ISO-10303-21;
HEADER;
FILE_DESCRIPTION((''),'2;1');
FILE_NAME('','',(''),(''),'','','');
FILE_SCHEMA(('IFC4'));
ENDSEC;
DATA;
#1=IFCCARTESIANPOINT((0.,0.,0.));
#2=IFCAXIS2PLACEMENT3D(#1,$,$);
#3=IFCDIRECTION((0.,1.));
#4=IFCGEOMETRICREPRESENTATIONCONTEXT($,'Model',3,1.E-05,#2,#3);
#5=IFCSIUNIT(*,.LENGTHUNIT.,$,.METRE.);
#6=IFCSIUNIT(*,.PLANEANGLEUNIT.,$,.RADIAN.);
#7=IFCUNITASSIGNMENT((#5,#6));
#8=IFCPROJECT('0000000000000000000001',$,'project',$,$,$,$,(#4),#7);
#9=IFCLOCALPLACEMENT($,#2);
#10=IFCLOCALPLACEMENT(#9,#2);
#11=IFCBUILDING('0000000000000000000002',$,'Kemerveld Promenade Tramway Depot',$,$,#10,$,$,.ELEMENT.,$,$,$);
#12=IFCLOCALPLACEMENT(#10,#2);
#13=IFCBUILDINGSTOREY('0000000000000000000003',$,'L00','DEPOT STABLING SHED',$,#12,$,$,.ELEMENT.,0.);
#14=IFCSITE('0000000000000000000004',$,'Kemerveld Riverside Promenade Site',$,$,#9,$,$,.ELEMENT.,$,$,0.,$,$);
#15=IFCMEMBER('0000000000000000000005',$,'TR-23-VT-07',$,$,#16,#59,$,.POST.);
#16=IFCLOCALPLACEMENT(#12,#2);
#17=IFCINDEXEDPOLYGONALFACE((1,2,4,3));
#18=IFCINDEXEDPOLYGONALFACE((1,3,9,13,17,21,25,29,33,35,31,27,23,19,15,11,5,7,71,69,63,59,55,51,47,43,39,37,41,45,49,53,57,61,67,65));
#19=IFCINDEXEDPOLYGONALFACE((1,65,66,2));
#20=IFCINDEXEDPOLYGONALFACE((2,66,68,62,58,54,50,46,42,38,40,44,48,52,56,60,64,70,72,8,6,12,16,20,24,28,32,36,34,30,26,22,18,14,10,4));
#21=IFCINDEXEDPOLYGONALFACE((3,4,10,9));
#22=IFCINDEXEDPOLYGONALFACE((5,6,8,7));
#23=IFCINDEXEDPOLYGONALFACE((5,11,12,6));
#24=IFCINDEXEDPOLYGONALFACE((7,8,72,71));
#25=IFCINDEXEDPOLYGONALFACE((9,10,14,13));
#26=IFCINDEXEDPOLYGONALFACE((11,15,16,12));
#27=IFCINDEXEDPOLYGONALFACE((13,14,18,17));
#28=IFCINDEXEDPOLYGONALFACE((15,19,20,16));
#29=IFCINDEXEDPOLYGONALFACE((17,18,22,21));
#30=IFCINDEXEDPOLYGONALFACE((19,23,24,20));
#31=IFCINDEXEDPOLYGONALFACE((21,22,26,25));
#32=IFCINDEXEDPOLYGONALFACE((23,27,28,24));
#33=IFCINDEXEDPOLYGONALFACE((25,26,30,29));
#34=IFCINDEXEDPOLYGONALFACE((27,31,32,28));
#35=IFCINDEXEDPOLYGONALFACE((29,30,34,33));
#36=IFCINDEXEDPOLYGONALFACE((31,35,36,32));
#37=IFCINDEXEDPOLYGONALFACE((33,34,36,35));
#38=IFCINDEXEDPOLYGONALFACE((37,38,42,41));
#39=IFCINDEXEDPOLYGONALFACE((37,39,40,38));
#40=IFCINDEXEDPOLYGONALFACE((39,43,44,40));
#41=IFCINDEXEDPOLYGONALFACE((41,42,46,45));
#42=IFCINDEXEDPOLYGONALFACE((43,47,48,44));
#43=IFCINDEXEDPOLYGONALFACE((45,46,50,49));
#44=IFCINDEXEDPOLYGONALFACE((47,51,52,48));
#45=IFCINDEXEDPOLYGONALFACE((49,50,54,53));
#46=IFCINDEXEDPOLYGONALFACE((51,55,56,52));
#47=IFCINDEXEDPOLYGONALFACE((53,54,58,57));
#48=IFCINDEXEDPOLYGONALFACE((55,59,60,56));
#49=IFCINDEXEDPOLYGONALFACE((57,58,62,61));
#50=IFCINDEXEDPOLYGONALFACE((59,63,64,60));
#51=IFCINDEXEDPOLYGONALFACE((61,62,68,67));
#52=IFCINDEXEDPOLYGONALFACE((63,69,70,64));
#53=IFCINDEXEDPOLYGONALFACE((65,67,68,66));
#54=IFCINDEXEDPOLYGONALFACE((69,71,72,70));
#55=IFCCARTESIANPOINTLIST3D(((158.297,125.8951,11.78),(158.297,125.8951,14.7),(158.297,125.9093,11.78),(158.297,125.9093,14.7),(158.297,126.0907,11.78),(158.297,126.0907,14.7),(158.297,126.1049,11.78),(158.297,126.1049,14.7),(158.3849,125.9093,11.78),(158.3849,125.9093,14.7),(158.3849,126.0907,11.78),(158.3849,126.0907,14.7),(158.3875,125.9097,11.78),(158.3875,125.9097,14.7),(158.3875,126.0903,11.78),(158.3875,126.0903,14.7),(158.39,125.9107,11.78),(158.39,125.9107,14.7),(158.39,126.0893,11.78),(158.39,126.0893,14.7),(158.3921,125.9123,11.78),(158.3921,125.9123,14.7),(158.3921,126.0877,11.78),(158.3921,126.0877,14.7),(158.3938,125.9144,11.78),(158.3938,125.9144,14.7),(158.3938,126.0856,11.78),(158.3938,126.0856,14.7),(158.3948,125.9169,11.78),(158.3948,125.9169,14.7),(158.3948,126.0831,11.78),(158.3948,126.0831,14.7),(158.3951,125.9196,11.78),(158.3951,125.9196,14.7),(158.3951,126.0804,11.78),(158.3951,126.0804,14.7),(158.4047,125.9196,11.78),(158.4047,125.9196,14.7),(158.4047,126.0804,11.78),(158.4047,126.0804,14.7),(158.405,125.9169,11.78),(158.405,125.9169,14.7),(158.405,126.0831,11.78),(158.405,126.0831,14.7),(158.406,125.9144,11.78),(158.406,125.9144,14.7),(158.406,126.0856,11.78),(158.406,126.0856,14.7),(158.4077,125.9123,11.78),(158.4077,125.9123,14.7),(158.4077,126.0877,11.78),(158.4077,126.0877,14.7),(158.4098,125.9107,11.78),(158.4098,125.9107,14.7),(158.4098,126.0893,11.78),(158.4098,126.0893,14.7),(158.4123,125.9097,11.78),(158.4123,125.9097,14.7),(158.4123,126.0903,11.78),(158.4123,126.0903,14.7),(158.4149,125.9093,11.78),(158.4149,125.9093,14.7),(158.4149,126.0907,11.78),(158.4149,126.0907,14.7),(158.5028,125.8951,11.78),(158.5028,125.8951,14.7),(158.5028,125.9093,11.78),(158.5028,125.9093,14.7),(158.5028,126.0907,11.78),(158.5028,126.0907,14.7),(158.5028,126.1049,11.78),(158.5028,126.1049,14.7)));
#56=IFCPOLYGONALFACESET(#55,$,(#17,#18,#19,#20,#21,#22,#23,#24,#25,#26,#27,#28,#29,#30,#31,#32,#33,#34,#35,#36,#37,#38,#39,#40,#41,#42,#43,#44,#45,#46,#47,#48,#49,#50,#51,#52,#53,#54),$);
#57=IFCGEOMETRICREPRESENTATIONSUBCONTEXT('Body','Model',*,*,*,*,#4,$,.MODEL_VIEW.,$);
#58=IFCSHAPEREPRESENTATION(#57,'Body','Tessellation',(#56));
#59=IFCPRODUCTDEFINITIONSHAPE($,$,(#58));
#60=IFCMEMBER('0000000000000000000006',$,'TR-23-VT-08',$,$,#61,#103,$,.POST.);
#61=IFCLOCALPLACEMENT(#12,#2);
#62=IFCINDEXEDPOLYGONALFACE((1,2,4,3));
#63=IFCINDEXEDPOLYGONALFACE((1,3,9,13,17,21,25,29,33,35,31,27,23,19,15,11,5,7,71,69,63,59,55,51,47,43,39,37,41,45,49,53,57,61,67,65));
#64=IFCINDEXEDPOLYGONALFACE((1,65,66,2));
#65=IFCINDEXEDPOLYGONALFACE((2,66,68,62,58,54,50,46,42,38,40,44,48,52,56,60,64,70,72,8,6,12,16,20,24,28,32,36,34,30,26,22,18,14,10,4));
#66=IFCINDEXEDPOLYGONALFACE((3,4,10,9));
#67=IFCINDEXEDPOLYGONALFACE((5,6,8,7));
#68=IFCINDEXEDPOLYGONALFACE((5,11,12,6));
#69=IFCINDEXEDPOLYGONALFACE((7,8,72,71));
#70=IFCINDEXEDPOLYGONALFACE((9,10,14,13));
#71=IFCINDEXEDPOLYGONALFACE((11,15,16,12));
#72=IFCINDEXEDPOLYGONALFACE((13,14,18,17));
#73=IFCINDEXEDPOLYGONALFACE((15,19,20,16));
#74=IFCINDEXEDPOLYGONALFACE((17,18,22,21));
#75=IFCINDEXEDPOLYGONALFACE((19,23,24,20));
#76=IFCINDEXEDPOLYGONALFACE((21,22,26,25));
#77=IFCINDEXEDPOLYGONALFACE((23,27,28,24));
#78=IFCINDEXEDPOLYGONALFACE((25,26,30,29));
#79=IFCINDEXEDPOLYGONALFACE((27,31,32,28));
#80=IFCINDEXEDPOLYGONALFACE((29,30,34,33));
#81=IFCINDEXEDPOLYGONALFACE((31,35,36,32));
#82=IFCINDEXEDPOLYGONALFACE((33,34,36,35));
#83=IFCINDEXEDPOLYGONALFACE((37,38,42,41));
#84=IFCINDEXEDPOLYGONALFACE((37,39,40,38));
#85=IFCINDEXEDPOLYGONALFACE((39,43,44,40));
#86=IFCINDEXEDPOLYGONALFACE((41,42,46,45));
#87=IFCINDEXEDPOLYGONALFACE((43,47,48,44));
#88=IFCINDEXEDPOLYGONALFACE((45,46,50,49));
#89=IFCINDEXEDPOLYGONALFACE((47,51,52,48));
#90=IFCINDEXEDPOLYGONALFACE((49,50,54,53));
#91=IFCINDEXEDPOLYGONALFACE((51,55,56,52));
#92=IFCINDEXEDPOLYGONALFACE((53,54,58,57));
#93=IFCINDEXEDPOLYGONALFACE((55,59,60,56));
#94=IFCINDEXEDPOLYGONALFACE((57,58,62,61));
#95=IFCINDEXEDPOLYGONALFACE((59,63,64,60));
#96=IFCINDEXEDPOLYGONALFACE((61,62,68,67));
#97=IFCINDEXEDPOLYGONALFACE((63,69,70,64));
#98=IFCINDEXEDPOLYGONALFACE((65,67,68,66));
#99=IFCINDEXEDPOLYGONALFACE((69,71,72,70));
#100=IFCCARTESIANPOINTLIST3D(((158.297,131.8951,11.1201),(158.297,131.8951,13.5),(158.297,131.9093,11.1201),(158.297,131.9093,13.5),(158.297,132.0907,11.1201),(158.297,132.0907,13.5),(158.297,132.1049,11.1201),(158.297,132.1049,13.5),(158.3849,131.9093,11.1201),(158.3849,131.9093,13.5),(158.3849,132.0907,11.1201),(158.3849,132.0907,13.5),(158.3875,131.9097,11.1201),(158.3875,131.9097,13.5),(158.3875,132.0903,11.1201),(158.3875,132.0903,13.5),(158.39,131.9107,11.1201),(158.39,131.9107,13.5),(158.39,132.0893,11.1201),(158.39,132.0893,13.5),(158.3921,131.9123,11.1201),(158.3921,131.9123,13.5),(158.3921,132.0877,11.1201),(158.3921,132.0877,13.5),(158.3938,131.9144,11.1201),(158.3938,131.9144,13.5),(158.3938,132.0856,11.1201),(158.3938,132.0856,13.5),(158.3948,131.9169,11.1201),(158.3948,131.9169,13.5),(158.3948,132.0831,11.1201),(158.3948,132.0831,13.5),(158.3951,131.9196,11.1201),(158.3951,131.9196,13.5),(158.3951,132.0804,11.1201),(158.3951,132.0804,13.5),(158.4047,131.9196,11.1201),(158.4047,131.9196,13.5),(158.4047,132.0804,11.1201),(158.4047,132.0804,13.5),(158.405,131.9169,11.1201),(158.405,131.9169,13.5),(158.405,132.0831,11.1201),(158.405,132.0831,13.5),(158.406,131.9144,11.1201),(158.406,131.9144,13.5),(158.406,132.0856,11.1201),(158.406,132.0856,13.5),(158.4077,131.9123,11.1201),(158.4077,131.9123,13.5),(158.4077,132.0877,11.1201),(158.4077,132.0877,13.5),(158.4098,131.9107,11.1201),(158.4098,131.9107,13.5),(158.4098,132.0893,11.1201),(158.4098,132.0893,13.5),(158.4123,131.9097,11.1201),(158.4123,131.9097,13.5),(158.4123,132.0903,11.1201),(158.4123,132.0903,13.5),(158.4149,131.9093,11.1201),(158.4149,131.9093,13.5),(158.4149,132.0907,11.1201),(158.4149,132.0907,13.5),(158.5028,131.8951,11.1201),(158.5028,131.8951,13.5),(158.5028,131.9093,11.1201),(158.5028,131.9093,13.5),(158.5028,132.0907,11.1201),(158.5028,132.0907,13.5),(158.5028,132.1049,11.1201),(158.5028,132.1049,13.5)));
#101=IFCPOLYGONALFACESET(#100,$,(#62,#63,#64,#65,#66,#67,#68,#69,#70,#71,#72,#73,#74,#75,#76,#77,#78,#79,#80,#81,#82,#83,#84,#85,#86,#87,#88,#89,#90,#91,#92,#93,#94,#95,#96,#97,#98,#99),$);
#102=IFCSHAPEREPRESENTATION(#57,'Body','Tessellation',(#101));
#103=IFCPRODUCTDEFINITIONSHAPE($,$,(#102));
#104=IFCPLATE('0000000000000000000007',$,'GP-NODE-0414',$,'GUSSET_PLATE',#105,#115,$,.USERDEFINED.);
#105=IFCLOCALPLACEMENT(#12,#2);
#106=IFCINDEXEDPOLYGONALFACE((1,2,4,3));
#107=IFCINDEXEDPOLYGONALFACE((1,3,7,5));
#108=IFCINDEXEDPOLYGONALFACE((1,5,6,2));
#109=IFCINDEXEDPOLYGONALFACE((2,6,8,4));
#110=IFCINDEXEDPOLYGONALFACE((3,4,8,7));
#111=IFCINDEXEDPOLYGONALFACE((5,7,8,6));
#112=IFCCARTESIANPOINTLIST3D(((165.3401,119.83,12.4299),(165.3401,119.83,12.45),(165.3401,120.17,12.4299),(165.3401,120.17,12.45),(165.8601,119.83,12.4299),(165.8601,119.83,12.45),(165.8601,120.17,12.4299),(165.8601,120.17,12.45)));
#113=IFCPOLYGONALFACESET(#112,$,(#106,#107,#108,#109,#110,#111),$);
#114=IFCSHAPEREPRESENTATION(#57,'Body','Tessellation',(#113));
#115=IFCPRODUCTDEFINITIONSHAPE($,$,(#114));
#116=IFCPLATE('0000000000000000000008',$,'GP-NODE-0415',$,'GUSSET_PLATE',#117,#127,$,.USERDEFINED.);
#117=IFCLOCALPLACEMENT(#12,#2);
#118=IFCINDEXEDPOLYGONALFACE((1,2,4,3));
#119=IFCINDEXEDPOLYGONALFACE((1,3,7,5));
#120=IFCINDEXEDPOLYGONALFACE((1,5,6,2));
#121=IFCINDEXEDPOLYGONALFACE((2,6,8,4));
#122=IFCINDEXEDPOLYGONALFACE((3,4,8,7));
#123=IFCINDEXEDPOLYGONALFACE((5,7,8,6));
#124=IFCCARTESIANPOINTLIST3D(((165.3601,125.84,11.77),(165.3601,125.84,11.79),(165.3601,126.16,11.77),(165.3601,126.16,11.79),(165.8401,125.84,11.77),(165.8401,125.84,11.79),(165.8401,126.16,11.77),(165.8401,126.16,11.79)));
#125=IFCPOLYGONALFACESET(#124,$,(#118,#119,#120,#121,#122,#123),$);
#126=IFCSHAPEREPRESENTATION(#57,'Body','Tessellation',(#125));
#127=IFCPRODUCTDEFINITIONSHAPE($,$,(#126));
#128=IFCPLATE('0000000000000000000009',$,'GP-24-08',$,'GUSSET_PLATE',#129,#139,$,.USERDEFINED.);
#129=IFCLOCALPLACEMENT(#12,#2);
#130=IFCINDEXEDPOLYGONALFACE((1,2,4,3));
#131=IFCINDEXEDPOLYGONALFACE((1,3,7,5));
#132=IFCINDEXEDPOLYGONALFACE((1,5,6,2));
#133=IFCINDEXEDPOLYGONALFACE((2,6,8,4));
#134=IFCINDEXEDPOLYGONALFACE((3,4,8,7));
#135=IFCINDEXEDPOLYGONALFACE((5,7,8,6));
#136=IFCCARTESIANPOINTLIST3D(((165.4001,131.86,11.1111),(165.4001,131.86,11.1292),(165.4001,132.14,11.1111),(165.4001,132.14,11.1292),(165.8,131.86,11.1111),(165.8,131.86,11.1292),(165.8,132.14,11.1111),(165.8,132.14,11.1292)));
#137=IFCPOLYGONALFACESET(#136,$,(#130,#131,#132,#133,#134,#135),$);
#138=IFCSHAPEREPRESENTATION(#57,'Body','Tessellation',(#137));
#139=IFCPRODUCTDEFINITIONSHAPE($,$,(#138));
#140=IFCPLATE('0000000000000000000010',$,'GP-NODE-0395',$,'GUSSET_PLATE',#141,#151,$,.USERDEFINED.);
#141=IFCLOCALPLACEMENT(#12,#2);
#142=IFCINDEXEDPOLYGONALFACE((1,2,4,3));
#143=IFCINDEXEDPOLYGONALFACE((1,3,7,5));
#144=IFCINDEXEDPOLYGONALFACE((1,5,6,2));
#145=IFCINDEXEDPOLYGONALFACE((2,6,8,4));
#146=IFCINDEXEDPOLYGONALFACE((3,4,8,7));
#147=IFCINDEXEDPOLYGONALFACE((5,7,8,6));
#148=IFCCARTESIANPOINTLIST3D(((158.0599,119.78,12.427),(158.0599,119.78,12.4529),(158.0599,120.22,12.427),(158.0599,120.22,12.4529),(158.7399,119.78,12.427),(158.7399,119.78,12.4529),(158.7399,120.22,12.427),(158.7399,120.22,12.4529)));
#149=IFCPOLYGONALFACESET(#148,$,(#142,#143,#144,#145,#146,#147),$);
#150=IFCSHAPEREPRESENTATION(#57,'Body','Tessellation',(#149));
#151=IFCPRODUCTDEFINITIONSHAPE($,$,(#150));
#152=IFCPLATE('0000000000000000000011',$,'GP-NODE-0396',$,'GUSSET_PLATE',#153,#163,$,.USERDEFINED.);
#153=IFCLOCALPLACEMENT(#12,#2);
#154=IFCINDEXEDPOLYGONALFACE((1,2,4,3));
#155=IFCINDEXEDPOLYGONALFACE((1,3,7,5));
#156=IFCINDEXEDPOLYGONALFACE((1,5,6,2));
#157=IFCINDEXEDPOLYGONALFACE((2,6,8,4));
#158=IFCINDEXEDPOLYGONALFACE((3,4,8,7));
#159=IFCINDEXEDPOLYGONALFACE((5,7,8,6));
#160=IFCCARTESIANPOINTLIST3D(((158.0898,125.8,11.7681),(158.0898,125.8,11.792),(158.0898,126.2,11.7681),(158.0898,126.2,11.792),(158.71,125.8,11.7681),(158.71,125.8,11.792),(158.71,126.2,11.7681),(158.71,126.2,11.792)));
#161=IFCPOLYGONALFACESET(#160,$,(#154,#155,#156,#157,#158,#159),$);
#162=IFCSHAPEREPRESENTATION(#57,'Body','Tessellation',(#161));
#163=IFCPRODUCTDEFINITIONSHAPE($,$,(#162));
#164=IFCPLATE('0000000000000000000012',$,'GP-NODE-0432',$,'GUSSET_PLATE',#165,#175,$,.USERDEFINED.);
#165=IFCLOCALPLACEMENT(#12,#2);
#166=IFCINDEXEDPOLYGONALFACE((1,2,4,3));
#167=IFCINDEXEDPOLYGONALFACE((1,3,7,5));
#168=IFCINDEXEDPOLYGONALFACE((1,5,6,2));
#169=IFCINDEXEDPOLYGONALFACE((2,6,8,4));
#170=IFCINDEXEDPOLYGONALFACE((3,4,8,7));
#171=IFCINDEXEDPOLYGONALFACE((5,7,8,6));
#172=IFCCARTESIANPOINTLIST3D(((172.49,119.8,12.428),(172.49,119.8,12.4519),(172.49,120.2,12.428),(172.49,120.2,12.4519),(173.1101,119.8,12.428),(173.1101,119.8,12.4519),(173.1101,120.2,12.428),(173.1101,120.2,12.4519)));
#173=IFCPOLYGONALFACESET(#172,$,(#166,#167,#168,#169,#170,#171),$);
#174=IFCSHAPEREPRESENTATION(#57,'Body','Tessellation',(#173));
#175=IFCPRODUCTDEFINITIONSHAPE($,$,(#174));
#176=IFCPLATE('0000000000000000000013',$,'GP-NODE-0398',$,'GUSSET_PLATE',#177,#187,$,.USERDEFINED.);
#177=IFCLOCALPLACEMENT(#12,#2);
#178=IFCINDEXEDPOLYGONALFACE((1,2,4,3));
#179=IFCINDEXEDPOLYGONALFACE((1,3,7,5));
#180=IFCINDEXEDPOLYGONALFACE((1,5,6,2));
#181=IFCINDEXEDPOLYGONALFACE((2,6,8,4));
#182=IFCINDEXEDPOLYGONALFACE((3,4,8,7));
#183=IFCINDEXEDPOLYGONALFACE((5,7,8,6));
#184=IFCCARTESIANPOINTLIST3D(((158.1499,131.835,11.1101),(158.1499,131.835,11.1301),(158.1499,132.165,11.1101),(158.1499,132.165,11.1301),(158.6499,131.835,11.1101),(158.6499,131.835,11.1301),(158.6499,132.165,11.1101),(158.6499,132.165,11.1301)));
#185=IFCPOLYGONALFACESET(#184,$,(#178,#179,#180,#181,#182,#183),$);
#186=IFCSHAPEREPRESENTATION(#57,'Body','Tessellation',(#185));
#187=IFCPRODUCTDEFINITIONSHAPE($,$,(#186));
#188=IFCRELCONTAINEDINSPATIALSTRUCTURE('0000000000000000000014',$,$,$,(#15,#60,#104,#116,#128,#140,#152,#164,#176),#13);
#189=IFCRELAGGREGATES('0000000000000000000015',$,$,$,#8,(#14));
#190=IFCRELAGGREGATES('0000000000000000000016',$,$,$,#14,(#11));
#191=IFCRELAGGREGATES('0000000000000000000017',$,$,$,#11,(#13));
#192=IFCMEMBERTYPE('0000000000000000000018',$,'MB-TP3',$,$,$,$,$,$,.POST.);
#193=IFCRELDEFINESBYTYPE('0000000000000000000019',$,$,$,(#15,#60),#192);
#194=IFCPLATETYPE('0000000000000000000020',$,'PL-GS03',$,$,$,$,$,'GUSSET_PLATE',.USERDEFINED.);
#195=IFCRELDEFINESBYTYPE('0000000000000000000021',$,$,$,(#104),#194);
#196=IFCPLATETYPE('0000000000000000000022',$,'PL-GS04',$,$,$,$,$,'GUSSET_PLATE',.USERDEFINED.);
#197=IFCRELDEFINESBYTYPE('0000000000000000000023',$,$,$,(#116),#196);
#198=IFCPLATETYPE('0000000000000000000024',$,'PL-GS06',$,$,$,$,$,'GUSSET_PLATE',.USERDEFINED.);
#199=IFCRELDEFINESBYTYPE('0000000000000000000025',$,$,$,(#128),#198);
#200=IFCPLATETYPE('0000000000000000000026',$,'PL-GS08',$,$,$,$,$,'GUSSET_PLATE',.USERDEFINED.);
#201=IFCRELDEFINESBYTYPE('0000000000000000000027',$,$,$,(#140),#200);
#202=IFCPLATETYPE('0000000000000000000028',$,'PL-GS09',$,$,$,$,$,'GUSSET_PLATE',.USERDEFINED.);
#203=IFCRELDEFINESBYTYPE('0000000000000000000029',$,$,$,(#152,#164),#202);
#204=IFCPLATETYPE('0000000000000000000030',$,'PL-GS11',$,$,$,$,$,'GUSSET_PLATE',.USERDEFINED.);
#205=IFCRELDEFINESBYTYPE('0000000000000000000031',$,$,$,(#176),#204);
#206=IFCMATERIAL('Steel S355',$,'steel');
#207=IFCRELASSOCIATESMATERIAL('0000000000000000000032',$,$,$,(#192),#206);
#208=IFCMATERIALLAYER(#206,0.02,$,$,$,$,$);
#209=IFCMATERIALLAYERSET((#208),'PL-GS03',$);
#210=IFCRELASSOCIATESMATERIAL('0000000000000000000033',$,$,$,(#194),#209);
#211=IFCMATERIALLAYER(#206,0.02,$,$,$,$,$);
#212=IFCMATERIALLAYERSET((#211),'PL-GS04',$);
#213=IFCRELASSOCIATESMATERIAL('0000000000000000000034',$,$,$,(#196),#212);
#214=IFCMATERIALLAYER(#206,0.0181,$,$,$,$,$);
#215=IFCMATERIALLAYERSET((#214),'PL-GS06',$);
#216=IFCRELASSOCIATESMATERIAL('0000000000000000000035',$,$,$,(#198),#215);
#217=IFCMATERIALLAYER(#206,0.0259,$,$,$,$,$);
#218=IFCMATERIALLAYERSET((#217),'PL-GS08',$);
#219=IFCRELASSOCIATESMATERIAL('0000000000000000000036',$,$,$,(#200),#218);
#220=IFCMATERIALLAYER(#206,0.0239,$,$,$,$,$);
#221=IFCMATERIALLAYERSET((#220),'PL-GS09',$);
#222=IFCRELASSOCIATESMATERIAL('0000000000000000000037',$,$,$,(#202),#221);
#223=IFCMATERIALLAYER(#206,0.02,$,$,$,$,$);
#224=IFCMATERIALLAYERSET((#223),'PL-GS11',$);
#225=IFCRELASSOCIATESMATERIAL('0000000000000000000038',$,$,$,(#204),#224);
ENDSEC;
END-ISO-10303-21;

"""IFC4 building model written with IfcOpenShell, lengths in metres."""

from ifc_helpers import new_model, si_unit, direction, frame, origin, origin_2d, place, context, subcontext, project, spatial, rectangle, i_section, extrude, material, layer, layer_set, material_profile, profile_set, type_object, element, save


model = new_model("IFC4")

# Units and contexts
model_context = context("Model", 3, precision=1e-05, world=origin(), true_north=direction((0.0, 1.0)))
body_context = subcontext(model_context, "Body", "Model", "MODEL_VIEW")
ifc_project = project(units=[si_unit("LENGTHUNIT", "METRE"), si_unit("PLANEANGLEUNIT", "RADIAN")], contexts=[model_context])

# Site, building, storey
site_placement = place(None, origin())
site = spatial("IfcSite", under=ifc_project, at=site_placement, Name="Kemerveld Riverside Promenade Site", CompositionType="ELEMENT", RefElevation=0.0)
building_placement = place(site_placement, origin())
building = spatial("IfcBuilding", under=site, at=building_placement, Name="Kemerveld Promenade Tramway Depot", CompositionType="ELEMENT")
storey_placement = place(building_placement, origin())
storey = spatial("IfcBuildingStorey", under=building, at=storey_placement, Name="L00", Description="DEPOT STABLING SHED", CompositionType="ELEMENT", Elevation=0.0)

# Members
ifc_material_1 = material(Name="Steel S355", Category="steel")
ifc_material_profile_1 = material_profile(ifc_material_1, i_section(OverallWidth=0.2058, OverallDepth=0.2097, WebThickness=0.0095, FlangeThickness=0.0142, FilletRadius=0.0103, at=origin_2d()), Name="203x203x60 UC")
ifc_profile_set_1 = profile_set([ifc_material_profile_1], Name="Steel S355")
member_type_1 = type_object("IfcMemberType", Name="MB-TP3", PredefinedType="POST", material=ifc_profile_set_1)
member_1_placement = place(storey_placement, frame((158.3999, 126.0, 11.78), z_axis=(0.0, 0.0, 1.0), x_axis=(1.0, 0.0, 0.0)))
element("IfcMember", 1, at=member_1_placement, inside=storey, type_object=member_type_1, Name="TR-23-VT-07", PredefinedType="POST", context=body_context, shape_type="SweptSolid", body=[
    extrude(i_section(OverallWidth=0.2058, OverallDepth=0.2097, WebThickness=0.0095, FlangeThickness=0.0142, FilletRadius=0.0103, at=origin_2d()), origin(), (0.0, 0.0, 1.0), 2.9199),
])
member_2_placement = place(storey_placement, frame((158.3999, 132.0, 11.1201), z_axis=(0.0, 0.0, 1.0), x_axis=(1.0, 0.0, 0.0)))
element("IfcMember", 2, at=member_2_placement, inside=storey, type_object=member_type_1, Name="TR-23-VT-08", PredefinedType="POST", context=body_context, shape_type="SweptSolid", body=[
    extrude(i_section(OverallWidth=0.2058, OverallDepth=0.2097, WebThickness=0.0095, FlangeThickness=0.0142, FilletRadius=0.0103, at=origin_2d()), origin(), (0.0, 0.0, 1.0), 2.3799),
])

# Plates
ifc_layer_1 = layer(ifc_material_1, 0.02)
ifc_layer_set_1 = layer_set([ifc_layer_1], Name="PL-GS03")
plate_type_1 = type_object("IfcPlateType", Name="PL-GS03", ElementType="GUSSET_PLATE", PredefinedType="USERDEFINED", material=ifc_layer_set_1)
plate_1_placement = place(storey_placement, frame((165.6001, 120.0, 12.4299), z_axis=(0.0, 0.0, 1.0), x_axis=(1.0, 0.0, 0.0)))
element("IfcPlate", 3, at=plate_1_placement, inside=storey, type_object=plate_type_1, Name="GP-NODE-0414", ObjectType="GUSSET_PLATE", PredefinedType="USERDEFINED", context=body_context, shape_type="SweptSolid", body=[
    extrude(rectangle(XDim=0.52, YDim=0.3401, at=origin_2d()), origin(), (0.0, 0.0, 1.0), 0.02),
])
ifc_layer_2 = layer(ifc_material_1, 0.02)
ifc_layer_set_2 = layer_set([ifc_layer_2], Name="PL-GS04")
plate_type_2 = type_object("IfcPlateType", Name="PL-GS04", ElementType="GUSSET_PLATE", PredefinedType="USERDEFINED", material=ifc_layer_set_2)
plate_2_placement = place(storey_placement, frame((165.6001, 126.0, 11.77), z_axis=(0.0, 0.0, 1.0), x_axis=(1.0, 0.0, 0.0)))
element("IfcPlate", 4, at=plate_2_placement, inside=storey, type_object=plate_type_2, Name="GP-NODE-0415", ObjectType="GUSSET_PLATE", PredefinedType="USERDEFINED", context=body_context, shape_type="SweptSolid", body=[
    extrude(rectangle(XDim=0.48, YDim=0.3201, at=origin_2d()), origin(), (0.0, 0.0, 1.0), 0.02),
])
ifc_layer_3 = layer(ifc_material_1, 0.0181)
ifc_layer_set_3 = layer_set([ifc_layer_3], Name="PL-GS06")
plate_type_3 = type_object("IfcPlateType", Name="PL-GS06", ElementType="GUSSET_PLATE", PredefinedType="USERDEFINED", material=ifc_layer_set_3)
plate_3_placement = place(storey_placement, frame((165.6001, 132.0, 11.1111), z_axis=(0.0, 0.0, 1.0), x_axis=(1.0, 0.0, 0.0)))
element("IfcPlate", 5, at=plate_3_placement, inside=storey, type_object=plate_type_3, Name="GP-24-08", ObjectType="GUSSET_PLATE", PredefinedType="USERDEFINED", context=body_context, shape_type="SweptSolid", body=[
    extrude(rectangle(XDim=0.3999, YDim=0.28, at=origin_2d()), origin(), (0.0, 0.0, 1.0), 0.0181),
])
ifc_layer_4 = layer(ifc_material_1, 0.0259)
ifc_layer_set_4 = layer_set([ifc_layer_4], Name="PL-GS08")
plate_type_4 = type_object("IfcPlateType", Name="PL-GS08", ElementType="GUSSET_PLATE", PredefinedType="USERDEFINED", material=ifc_layer_set_4)
plate_4_placement = place(storey_placement, frame((158.3999, 120.0, 12.427), z_axis=(0.0, 0.0, 1.0), x_axis=(1.0, 0.0, 0.0)))
element("IfcPlate", 6, at=plate_4_placement, inside=storey, type_object=plate_type_4, Name="GP-NODE-0395", ObjectType="GUSSET_PLATE", PredefinedType="USERDEFINED", context=body_context, shape_type="SweptSolid", body=[
    extrude(rectangle(XDim=0.6799, YDim=0.4399, at=origin_2d()), origin(), (0.0, 0.0, 1.0), 0.0259),
])
ifc_layer_5 = layer(ifc_material_1, 0.0239)
ifc_layer_set_5 = layer_set([ifc_layer_5], Name="PL-GS09")
plate_type_5 = type_object("IfcPlateType", Name="PL-GS09", ElementType="GUSSET_PLATE", PredefinedType="USERDEFINED", material=ifc_layer_set_5)
for number, where, z_axis, x_axis, name in (
    (7, (158.3999, 126.0, 11.7681), (0.0, 0.0, 1.0), (1.0, 0.0, 0.0), "GP-NODE-0396"),
    (8, (172.8, 120.0, 12.428), (0.0, 0.0, 1.0), (1.0, 0.0, 0.0), "GP-NODE-0432"),
):
    element("IfcPlate", number, at=place(storey_placement, frame(where, z_axis=z_axis, x_axis=x_axis)), inside=storey, type_object=plate_type_5, Name=name, ObjectType="GUSSET_PLATE", PredefinedType="USERDEFINED", context=body_context, shape_type="SweptSolid", body=[
        extrude(rectangle(XDim=0.6201, YDim=0.3999, at=origin_2d()), origin(), (0.0, 0.0, 1.0), 0.0239),
    ])
ifc_layer_6 = layer(ifc_material_1, 0.02)
ifc_layer_set_6 = layer_set([ifc_layer_6], Name="PL-GS11")
plate_type_6 = type_object("IfcPlateType", Name="PL-GS11", ElementType="GUSSET_PLATE", PredefinedType="USERDEFINED", material=ifc_layer_set_6)
plate_5_placement = place(storey_placement, frame((158.3999, 132.0, 11.1101), z_axis=(0.0, 0.0, 1.0), x_axis=(1.0, 0.0, 0.0)))
element("IfcPlate", 9, at=plate_5_placement, inside=storey, type_object=plate_type_6, Name="GP-NODE-0398", ObjectType="GUSSET_PLATE", PredefinedType="USERDEFINED", context=body_context, shape_type="SweptSolid", body=[
    extrude(rectangle(XDim=0.5, YDim=0.3301, at=origin_2d()), origin(), (0.0, 0.0, 1.0), 0.02),
])

save(model, "model.ifc")
